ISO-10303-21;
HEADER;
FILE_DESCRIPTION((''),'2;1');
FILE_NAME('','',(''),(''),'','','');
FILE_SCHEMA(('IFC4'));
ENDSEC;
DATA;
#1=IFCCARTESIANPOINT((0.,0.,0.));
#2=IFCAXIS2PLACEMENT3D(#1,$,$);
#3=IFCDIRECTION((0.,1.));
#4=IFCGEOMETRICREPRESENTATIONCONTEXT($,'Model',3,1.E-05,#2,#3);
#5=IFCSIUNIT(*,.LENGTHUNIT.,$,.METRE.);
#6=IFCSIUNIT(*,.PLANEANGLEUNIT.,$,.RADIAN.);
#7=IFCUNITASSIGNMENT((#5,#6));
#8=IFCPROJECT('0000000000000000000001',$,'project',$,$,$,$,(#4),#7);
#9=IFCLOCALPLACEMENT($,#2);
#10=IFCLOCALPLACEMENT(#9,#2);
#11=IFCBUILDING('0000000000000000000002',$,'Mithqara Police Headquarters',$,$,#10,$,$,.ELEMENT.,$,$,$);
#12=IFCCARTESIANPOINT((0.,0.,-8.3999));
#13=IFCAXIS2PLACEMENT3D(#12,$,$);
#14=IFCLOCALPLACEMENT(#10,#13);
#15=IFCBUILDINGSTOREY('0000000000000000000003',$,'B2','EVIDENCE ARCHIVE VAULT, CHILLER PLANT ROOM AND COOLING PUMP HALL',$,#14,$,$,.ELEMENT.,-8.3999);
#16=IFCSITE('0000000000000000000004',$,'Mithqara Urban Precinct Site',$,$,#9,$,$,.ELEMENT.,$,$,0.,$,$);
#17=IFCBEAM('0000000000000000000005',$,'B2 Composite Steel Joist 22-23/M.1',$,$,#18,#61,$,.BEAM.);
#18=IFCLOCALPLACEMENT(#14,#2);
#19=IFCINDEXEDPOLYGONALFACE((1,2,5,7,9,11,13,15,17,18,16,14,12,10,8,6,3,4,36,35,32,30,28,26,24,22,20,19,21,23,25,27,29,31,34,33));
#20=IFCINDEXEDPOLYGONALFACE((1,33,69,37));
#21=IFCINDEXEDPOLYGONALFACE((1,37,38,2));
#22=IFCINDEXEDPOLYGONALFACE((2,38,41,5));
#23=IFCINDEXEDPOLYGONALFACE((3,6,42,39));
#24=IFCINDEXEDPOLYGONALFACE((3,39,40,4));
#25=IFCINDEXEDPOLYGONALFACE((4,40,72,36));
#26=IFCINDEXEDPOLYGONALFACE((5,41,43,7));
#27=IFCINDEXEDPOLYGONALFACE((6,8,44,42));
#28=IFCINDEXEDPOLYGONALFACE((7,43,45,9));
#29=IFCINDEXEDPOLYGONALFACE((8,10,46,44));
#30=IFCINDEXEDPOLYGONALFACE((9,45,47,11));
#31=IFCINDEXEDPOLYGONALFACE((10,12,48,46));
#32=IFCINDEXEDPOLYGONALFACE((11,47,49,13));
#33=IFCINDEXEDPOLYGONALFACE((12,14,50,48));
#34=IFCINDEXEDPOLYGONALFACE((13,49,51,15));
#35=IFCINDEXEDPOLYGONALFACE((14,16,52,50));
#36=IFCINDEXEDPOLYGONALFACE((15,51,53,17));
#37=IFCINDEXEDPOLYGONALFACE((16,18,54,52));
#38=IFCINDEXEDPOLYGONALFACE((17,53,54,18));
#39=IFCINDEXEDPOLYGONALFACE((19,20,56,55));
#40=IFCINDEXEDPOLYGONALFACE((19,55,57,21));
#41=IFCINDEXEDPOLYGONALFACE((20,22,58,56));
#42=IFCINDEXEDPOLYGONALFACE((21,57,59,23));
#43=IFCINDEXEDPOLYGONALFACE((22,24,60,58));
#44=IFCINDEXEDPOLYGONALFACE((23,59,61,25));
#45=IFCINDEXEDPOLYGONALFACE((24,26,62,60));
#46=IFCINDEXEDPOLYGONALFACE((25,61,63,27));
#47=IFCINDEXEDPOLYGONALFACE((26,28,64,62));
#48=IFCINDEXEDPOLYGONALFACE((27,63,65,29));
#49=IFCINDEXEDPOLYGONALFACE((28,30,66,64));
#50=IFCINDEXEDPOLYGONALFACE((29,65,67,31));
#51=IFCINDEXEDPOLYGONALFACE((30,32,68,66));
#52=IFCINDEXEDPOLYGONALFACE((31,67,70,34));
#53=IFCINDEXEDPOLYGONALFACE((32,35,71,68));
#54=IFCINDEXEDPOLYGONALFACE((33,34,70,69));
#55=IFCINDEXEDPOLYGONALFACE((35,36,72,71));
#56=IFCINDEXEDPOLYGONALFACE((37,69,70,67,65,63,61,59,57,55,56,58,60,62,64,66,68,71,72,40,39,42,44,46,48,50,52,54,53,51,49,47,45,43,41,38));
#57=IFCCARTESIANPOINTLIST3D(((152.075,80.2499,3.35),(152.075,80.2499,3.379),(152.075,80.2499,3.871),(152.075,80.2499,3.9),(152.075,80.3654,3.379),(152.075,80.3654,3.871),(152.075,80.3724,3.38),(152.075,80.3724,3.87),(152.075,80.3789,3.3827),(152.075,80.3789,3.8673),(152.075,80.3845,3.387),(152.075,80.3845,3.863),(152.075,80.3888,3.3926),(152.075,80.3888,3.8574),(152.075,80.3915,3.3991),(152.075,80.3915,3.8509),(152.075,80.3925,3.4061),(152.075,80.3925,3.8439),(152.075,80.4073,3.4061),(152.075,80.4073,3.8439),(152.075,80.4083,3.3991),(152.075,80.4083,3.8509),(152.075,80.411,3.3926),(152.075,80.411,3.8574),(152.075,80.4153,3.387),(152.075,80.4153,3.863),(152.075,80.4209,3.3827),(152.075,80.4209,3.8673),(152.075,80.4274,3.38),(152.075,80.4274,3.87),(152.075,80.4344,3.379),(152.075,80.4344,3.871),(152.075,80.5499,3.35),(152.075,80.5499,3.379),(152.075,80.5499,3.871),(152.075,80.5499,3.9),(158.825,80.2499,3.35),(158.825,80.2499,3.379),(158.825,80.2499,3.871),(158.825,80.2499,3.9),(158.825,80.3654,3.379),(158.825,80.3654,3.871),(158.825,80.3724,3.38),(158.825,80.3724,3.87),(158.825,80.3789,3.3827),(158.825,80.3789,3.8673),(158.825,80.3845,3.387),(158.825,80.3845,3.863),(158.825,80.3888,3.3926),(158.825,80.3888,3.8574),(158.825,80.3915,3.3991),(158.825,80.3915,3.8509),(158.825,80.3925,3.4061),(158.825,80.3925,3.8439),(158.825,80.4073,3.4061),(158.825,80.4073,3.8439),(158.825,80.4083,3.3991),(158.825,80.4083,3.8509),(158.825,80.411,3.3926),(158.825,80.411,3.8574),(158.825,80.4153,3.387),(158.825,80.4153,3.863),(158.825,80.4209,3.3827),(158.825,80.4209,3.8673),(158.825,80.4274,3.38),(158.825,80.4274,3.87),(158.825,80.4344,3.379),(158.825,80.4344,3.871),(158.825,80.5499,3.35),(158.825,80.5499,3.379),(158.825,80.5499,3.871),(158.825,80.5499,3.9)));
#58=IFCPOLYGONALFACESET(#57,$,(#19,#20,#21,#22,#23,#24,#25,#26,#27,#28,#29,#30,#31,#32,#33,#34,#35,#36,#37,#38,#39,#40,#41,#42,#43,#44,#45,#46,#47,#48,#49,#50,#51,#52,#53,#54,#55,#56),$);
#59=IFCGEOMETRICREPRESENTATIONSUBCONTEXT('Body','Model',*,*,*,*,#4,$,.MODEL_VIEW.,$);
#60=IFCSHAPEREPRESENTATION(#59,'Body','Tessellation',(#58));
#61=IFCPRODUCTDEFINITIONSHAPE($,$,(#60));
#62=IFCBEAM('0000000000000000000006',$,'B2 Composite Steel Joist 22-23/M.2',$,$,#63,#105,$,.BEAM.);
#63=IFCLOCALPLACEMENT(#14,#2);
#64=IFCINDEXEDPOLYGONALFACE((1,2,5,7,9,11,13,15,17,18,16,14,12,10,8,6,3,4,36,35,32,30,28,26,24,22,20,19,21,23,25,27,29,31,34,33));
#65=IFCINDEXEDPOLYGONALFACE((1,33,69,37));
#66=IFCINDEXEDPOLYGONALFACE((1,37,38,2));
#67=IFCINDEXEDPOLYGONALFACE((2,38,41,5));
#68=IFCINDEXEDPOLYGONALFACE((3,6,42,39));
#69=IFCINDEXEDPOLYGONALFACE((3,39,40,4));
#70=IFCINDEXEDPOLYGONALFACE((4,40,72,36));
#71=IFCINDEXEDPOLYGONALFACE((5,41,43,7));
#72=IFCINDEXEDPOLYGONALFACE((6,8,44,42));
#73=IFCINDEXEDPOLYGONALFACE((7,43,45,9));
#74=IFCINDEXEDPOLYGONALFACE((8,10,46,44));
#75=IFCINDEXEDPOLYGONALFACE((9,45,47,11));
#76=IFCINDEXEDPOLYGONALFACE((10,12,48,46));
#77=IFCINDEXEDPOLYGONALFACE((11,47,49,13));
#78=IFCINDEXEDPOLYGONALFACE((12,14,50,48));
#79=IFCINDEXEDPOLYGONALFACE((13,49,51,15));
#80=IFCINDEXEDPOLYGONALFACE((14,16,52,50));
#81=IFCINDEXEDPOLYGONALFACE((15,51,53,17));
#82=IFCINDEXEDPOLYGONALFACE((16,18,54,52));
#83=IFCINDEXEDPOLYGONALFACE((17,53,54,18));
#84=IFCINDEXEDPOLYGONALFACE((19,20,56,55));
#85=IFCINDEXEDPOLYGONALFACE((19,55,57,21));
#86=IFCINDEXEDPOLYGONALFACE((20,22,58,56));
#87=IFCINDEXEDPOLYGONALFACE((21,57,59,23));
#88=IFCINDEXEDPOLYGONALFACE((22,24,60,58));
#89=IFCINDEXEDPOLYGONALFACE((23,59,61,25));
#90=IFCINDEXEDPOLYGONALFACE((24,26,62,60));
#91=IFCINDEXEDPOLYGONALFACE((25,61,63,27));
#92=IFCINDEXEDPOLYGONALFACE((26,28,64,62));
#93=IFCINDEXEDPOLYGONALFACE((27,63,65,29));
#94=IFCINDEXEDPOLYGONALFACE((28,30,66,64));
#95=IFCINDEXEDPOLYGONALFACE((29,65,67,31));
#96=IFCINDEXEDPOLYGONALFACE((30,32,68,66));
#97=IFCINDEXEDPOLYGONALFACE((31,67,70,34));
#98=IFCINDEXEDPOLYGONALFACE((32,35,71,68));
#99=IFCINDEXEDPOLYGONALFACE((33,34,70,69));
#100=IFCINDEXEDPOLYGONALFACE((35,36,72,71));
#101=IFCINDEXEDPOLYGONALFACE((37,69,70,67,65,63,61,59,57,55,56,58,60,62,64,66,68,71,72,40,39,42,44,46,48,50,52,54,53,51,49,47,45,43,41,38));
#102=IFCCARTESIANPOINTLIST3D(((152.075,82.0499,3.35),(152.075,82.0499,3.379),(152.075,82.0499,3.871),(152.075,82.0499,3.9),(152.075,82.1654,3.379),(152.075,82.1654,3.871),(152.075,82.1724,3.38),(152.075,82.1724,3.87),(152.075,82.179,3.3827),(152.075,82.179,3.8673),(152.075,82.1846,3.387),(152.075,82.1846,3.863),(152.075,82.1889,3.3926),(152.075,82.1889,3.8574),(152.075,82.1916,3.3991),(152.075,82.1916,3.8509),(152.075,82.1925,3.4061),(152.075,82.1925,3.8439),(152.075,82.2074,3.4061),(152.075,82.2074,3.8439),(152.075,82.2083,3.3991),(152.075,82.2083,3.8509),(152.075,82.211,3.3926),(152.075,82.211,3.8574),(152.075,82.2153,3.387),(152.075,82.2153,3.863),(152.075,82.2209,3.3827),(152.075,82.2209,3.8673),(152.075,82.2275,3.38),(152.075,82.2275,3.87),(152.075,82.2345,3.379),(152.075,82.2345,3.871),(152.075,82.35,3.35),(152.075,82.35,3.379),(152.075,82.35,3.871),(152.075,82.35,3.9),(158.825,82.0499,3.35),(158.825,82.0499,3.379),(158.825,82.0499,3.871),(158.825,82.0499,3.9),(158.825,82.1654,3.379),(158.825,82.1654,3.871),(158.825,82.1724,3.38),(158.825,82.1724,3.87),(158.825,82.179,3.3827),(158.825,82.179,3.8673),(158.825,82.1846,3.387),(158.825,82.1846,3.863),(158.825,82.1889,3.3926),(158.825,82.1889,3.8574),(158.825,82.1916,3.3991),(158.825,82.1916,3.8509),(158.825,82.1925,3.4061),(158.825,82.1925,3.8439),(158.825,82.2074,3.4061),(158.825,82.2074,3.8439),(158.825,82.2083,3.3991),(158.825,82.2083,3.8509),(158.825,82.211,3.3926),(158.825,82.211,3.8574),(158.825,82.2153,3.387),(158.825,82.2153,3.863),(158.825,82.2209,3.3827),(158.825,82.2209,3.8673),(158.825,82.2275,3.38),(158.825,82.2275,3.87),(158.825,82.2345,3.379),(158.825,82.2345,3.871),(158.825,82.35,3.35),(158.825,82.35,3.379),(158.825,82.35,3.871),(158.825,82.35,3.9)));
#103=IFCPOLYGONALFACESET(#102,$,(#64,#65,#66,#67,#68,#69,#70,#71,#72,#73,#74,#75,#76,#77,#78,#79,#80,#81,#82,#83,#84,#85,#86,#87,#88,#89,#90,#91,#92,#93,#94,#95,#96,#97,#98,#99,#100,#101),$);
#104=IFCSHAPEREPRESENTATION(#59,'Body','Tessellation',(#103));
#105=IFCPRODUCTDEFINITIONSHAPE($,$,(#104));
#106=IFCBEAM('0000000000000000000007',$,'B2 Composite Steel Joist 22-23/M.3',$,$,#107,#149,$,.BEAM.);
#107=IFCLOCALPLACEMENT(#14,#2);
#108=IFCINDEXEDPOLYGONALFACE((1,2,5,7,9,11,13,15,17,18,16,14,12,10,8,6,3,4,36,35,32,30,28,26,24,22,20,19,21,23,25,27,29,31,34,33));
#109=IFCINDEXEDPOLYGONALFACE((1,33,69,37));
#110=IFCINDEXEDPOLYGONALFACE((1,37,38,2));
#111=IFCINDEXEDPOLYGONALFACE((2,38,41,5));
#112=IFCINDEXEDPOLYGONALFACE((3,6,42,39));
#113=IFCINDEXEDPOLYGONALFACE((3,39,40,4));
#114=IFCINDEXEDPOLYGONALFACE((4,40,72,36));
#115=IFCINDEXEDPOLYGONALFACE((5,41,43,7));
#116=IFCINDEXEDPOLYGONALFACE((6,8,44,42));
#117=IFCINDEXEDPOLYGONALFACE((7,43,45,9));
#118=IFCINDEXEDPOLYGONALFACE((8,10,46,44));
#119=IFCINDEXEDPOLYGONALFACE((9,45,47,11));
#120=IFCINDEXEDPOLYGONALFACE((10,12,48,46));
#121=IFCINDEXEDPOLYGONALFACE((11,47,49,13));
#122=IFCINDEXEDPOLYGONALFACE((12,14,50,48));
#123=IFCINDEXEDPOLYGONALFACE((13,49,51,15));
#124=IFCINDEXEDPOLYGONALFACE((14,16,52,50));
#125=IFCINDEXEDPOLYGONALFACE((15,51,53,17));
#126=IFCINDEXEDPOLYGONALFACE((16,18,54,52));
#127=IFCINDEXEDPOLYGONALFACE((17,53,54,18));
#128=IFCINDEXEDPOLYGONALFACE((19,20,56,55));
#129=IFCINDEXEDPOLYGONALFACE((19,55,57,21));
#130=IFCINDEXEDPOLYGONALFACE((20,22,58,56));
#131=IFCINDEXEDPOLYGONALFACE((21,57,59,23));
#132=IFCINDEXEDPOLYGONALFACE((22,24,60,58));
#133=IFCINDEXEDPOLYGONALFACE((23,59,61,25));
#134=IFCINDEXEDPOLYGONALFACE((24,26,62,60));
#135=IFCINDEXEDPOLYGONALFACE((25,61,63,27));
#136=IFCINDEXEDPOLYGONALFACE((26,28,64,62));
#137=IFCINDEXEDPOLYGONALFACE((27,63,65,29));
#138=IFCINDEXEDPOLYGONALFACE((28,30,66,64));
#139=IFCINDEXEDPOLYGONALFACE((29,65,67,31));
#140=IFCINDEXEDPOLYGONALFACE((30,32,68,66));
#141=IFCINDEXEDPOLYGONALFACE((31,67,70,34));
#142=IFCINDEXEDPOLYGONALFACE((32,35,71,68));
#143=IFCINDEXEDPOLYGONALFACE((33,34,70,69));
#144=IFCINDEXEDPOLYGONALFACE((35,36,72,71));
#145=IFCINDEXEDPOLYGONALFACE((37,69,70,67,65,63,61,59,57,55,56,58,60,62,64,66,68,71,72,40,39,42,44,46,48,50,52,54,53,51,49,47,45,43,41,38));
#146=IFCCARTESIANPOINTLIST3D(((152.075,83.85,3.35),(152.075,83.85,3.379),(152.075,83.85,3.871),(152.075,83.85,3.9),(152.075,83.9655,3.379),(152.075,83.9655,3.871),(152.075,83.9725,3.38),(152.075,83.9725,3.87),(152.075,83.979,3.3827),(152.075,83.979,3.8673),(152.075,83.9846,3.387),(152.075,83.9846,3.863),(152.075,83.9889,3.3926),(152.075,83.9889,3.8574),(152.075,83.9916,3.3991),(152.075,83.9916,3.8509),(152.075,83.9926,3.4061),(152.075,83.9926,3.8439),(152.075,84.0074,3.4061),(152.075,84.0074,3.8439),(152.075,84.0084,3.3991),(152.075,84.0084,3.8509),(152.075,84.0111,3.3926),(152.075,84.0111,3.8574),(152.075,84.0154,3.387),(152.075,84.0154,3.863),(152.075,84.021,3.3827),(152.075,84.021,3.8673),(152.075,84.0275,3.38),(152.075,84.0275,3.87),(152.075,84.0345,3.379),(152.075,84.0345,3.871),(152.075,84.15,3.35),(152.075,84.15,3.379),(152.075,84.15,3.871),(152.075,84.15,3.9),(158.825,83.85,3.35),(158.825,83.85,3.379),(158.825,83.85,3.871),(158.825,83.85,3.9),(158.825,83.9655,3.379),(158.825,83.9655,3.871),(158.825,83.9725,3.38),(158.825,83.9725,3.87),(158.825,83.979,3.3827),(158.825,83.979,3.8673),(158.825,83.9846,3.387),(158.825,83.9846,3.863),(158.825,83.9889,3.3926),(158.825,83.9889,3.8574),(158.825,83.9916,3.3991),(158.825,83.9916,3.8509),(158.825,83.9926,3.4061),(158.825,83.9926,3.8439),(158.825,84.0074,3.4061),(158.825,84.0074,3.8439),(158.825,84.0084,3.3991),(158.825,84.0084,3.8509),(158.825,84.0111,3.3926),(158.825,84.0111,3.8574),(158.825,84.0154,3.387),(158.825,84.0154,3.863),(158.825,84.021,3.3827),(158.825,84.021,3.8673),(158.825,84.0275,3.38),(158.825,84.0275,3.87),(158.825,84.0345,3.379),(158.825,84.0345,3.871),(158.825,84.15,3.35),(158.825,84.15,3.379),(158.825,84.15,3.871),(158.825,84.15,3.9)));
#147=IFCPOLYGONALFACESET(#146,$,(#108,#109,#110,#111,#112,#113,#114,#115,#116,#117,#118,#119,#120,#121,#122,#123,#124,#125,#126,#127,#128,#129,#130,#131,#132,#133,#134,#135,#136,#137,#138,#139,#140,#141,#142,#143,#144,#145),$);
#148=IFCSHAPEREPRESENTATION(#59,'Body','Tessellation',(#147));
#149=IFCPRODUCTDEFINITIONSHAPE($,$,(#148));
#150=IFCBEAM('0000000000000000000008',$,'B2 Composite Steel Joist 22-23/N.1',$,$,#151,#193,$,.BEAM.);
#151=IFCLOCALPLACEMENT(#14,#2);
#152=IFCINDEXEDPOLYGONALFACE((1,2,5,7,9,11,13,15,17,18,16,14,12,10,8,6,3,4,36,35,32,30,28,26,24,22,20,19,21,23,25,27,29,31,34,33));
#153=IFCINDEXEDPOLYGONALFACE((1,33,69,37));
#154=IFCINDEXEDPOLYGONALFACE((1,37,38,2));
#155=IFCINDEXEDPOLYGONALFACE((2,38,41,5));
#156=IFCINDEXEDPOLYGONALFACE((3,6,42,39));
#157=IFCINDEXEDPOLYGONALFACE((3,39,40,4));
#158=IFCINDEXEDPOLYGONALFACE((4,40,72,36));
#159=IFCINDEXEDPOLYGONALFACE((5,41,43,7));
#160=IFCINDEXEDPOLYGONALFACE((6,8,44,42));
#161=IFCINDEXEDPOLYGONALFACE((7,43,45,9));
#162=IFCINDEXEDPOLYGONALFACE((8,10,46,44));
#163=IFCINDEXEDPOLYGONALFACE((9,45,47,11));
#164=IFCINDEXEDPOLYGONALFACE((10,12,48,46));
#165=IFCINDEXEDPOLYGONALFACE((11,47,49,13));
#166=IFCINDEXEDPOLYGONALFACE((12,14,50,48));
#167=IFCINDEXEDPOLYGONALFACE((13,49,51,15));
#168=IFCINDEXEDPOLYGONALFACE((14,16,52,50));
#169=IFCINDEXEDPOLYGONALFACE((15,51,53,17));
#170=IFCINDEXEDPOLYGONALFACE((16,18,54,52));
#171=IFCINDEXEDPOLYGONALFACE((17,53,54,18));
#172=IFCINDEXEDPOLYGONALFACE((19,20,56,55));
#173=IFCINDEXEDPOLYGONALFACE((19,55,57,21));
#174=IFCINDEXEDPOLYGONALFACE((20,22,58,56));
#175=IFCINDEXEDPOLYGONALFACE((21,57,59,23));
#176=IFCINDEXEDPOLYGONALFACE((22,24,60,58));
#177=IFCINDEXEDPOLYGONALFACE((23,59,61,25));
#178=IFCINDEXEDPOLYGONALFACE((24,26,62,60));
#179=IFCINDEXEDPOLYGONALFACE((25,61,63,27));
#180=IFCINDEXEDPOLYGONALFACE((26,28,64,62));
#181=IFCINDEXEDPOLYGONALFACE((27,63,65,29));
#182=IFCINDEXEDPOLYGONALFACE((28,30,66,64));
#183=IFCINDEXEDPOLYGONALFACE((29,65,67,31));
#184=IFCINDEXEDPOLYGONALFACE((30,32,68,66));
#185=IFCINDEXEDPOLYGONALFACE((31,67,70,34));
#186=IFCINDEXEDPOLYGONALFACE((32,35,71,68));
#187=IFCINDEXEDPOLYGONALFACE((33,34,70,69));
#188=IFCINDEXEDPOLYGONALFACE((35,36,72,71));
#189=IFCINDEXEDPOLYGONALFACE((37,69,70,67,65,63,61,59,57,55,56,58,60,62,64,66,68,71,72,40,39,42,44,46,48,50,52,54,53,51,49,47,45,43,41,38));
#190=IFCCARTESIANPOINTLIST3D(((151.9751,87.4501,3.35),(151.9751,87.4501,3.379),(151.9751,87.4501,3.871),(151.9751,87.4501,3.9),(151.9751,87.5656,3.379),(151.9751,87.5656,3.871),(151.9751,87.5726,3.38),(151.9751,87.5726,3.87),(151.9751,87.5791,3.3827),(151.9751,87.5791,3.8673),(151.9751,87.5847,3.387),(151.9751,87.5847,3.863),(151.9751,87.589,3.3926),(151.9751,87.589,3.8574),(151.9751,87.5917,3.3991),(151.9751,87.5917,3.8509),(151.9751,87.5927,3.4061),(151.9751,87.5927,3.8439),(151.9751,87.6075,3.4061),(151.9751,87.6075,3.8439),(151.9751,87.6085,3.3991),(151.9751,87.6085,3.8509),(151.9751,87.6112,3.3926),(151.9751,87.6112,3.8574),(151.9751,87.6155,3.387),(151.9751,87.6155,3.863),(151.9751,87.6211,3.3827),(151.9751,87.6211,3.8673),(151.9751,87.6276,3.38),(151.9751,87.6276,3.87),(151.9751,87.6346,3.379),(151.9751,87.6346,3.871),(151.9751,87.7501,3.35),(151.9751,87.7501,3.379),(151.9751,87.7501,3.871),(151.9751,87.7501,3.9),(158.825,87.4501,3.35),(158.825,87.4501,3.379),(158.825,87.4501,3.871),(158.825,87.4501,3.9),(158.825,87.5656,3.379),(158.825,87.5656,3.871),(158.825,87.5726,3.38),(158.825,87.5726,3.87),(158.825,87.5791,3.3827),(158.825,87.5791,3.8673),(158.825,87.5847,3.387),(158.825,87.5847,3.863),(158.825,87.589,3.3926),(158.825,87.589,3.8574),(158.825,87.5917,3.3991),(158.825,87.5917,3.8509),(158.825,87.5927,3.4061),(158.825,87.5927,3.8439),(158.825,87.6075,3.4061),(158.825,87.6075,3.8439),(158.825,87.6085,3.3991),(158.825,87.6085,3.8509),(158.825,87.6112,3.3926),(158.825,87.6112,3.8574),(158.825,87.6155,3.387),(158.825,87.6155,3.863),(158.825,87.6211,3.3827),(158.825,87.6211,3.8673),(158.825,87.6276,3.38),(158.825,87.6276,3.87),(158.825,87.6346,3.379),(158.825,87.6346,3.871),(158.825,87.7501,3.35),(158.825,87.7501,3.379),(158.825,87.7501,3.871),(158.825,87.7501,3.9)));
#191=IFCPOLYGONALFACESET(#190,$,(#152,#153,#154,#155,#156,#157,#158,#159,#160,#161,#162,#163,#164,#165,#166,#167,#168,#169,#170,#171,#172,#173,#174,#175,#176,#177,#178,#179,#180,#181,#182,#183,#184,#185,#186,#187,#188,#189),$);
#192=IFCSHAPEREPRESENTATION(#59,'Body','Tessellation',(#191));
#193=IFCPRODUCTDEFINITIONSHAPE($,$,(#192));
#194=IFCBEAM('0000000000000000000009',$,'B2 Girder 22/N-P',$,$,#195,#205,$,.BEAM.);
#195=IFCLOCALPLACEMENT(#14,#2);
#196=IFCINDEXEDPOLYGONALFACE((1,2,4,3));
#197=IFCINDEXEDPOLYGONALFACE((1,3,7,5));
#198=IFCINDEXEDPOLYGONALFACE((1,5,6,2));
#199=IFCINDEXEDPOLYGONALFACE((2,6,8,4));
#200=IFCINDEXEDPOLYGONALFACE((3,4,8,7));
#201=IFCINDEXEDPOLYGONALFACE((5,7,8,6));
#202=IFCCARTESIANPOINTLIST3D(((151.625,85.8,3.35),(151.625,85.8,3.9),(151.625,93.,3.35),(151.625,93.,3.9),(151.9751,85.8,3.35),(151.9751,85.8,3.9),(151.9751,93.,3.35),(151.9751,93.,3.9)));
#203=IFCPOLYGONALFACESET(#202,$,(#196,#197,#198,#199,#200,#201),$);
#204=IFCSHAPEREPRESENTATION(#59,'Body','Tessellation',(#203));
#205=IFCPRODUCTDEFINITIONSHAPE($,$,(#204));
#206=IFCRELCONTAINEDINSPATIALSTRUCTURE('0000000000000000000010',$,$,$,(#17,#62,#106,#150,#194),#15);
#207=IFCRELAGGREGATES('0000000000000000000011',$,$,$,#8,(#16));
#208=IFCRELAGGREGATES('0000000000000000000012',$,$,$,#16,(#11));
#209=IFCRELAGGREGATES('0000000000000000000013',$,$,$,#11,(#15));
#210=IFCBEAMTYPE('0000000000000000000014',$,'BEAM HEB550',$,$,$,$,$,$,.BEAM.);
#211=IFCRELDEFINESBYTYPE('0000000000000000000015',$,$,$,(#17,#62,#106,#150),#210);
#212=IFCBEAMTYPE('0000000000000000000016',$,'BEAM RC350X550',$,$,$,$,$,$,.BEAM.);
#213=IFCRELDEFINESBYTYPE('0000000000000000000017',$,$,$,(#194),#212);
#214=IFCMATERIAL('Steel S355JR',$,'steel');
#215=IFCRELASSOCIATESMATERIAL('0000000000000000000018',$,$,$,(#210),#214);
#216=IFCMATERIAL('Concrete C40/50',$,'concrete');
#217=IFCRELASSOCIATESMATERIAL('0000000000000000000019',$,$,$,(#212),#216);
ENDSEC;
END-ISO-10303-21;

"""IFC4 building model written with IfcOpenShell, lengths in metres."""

from ifc_helpers import new_model, si_unit, direction, frame, origin, origin_2d, place, context, subcontext, project, spatial, rectangle, i_section, extrude, material, material_profile, profile_set, type_object, element, save


model = new_model("IFC4")

# Units and contexts
model_context = context("Model", 3, precision=1e-05, world=origin(), true_north=direction((0.0, 1.0)))
body_context = subcontext(model_context, "Body", "Model", "MODEL_VIEW")
ifc_project = project(units=[si_unit("LENGTHUNIT", "METRE"), si_unit("PLANEANGLEUNIT", "RADIAN")], contexts=[model_context])

# Site, building, storey
site_placement = place(None, origin())
site = spatial("IfcSite", under=ifc_project, at=site_placement, Name="Mithqara Urban Precinct Site", CompositionType="ELEMENT", RefElevation=0.0)
building_placement = place(site_placement, origin())
building = spatial("IfcBuilding", under=site, at=building_placement, Name="Mithqara Police Headquarters", CompositionType="ELEMENT")
storey_placement = place(building_placement, frame((0.0, 0.0, -8.3999)))
storey = spatial("IfcBuildingStorey", under=building, at=storey_placement, Name="B2", Description="EVIDENCE ARCHIVE VAULT, CHILLER PLANT ROOM AND COOLING PUMP HALL", CompositionType="ELEMENT", Elevation=-8.3999)

# Shared definitions
ifc_material_1 = material(Name="Concrete C40/50", Category="concrete")

# Beams
ifc_material_2 = material(Name="Steel S355JR", Category="steel")
ifc_material_profile_1 = material_profile(ifc_material_2, i_section(OverallWidth=0.3, OverallDepth=0.55, WebThickness=0.0149, FlangeThickness=0.0291, FilletRadius=0.0271, at=origin_2d()), Name="HEB 550")
ifc_profile_set_1 = profile_set([ifc_material_profile_1], Name="Steel S355JR")
beam_type_1 = type_object("IfcBeamType", Name="BEAM HEB550", PredefinedType="BEAM", material=ifc_profile_set_1)
for number, where, z_axis, x_axis, name in (
    (1, (152.075, 80.3999, 3.625), (1.0, 0.0, 0.0), (0.0, 1.0, 0.0), "B2 Composite Steel Joist 22-23/M.1"),
    (2, (152.075, 82.2, 3.625), (1.0, 0.0, 0.0), (0.0, 1.0, 0.0), "B2 Composite Steel Joist 22-23/M.2"),
    (3, (152.075, 84.0, 3.625), (1.0, 0.0, 0.0), (0.0, 1.0, 0.0), "B2 Composite Steel Joist 22-23/M.3"),
):
    element("IfcBeam", number, at=place(storey_placement, frame(where, z_axis=z_axis, x_axis=x_axis)), inside=storey, type_object=beam_type_1, Name=name, PredefinedType="BEAM", context=body_context, shape_type="SweptSolid", body=[
        extrude(i_section(OverallWidth=0.3, OverallDepth=0.55, WebThickness=0.0149, FlangeThickness=0.0291, FilletRadius=0.0271, at=origin_2d()), origin(), (0.0, 0.0, 1.0), 6.75),
    ])
beam_1_placement = place(storey_placement, frame((151.9751, 87.6001, 3.625), z_axis=(1.0, 0.0, 0.0), x_axis=(0.0, 1.0, 0.0)))
element("IfcBeam", 4, at=beam_1_placement, inside=storey, type_object=beam_type_1, Name="B2 Composite Steel Joist 22-23/N.1", PredefinedType="BEAM", context=body_context, shape_type="SweptSolid", body=[
    extrude(i_section(OverallWidth=0.3, OverallDepth=0.55, WebThickness=0.0149, FlangeThickness=0.0291, FilletRadius=0.0271, at=origin_2d()), origin(), (0.0, 0.0, 1.0), 6.8499),
])
ifc_material_profile_2 = material_profile(ifc_material_1, rectangle(XDim=0.3501, YDim=0.55, at=origin_2d()), Name="RC 350x550")
ifc_profile_set_2 = profile_set([ifc_material_profile_2], Name="Concrete C40/50")
beam_type_2 = type_object("IfcBeamType", Name="BEAM RC350X550", PredefinedType="BEAM", material=ifc_profile_set_2)
beam_2_placement = place(storey_placement, frame((151.8, 85.8, 3.625), z_axis=(0.0, 1.0, 0.0), x_axis=(-1.0, 0.0, 0.0)))
element("IfcBeam", 5, at=beam_2_placement, inside=storey, type_object=beam_type_2, Name="B2 Girder 22/N-P", PredefinedType="BEAM", context=body_context, shape_type="SweptSolid", body=[
    extrude(rectangle(XDim=0.3501, YDim=0.55, at=origin_2d()), origin(), (0.0, 0.0, 1.0), 7.2),
])

save(model, "model.ifc")
